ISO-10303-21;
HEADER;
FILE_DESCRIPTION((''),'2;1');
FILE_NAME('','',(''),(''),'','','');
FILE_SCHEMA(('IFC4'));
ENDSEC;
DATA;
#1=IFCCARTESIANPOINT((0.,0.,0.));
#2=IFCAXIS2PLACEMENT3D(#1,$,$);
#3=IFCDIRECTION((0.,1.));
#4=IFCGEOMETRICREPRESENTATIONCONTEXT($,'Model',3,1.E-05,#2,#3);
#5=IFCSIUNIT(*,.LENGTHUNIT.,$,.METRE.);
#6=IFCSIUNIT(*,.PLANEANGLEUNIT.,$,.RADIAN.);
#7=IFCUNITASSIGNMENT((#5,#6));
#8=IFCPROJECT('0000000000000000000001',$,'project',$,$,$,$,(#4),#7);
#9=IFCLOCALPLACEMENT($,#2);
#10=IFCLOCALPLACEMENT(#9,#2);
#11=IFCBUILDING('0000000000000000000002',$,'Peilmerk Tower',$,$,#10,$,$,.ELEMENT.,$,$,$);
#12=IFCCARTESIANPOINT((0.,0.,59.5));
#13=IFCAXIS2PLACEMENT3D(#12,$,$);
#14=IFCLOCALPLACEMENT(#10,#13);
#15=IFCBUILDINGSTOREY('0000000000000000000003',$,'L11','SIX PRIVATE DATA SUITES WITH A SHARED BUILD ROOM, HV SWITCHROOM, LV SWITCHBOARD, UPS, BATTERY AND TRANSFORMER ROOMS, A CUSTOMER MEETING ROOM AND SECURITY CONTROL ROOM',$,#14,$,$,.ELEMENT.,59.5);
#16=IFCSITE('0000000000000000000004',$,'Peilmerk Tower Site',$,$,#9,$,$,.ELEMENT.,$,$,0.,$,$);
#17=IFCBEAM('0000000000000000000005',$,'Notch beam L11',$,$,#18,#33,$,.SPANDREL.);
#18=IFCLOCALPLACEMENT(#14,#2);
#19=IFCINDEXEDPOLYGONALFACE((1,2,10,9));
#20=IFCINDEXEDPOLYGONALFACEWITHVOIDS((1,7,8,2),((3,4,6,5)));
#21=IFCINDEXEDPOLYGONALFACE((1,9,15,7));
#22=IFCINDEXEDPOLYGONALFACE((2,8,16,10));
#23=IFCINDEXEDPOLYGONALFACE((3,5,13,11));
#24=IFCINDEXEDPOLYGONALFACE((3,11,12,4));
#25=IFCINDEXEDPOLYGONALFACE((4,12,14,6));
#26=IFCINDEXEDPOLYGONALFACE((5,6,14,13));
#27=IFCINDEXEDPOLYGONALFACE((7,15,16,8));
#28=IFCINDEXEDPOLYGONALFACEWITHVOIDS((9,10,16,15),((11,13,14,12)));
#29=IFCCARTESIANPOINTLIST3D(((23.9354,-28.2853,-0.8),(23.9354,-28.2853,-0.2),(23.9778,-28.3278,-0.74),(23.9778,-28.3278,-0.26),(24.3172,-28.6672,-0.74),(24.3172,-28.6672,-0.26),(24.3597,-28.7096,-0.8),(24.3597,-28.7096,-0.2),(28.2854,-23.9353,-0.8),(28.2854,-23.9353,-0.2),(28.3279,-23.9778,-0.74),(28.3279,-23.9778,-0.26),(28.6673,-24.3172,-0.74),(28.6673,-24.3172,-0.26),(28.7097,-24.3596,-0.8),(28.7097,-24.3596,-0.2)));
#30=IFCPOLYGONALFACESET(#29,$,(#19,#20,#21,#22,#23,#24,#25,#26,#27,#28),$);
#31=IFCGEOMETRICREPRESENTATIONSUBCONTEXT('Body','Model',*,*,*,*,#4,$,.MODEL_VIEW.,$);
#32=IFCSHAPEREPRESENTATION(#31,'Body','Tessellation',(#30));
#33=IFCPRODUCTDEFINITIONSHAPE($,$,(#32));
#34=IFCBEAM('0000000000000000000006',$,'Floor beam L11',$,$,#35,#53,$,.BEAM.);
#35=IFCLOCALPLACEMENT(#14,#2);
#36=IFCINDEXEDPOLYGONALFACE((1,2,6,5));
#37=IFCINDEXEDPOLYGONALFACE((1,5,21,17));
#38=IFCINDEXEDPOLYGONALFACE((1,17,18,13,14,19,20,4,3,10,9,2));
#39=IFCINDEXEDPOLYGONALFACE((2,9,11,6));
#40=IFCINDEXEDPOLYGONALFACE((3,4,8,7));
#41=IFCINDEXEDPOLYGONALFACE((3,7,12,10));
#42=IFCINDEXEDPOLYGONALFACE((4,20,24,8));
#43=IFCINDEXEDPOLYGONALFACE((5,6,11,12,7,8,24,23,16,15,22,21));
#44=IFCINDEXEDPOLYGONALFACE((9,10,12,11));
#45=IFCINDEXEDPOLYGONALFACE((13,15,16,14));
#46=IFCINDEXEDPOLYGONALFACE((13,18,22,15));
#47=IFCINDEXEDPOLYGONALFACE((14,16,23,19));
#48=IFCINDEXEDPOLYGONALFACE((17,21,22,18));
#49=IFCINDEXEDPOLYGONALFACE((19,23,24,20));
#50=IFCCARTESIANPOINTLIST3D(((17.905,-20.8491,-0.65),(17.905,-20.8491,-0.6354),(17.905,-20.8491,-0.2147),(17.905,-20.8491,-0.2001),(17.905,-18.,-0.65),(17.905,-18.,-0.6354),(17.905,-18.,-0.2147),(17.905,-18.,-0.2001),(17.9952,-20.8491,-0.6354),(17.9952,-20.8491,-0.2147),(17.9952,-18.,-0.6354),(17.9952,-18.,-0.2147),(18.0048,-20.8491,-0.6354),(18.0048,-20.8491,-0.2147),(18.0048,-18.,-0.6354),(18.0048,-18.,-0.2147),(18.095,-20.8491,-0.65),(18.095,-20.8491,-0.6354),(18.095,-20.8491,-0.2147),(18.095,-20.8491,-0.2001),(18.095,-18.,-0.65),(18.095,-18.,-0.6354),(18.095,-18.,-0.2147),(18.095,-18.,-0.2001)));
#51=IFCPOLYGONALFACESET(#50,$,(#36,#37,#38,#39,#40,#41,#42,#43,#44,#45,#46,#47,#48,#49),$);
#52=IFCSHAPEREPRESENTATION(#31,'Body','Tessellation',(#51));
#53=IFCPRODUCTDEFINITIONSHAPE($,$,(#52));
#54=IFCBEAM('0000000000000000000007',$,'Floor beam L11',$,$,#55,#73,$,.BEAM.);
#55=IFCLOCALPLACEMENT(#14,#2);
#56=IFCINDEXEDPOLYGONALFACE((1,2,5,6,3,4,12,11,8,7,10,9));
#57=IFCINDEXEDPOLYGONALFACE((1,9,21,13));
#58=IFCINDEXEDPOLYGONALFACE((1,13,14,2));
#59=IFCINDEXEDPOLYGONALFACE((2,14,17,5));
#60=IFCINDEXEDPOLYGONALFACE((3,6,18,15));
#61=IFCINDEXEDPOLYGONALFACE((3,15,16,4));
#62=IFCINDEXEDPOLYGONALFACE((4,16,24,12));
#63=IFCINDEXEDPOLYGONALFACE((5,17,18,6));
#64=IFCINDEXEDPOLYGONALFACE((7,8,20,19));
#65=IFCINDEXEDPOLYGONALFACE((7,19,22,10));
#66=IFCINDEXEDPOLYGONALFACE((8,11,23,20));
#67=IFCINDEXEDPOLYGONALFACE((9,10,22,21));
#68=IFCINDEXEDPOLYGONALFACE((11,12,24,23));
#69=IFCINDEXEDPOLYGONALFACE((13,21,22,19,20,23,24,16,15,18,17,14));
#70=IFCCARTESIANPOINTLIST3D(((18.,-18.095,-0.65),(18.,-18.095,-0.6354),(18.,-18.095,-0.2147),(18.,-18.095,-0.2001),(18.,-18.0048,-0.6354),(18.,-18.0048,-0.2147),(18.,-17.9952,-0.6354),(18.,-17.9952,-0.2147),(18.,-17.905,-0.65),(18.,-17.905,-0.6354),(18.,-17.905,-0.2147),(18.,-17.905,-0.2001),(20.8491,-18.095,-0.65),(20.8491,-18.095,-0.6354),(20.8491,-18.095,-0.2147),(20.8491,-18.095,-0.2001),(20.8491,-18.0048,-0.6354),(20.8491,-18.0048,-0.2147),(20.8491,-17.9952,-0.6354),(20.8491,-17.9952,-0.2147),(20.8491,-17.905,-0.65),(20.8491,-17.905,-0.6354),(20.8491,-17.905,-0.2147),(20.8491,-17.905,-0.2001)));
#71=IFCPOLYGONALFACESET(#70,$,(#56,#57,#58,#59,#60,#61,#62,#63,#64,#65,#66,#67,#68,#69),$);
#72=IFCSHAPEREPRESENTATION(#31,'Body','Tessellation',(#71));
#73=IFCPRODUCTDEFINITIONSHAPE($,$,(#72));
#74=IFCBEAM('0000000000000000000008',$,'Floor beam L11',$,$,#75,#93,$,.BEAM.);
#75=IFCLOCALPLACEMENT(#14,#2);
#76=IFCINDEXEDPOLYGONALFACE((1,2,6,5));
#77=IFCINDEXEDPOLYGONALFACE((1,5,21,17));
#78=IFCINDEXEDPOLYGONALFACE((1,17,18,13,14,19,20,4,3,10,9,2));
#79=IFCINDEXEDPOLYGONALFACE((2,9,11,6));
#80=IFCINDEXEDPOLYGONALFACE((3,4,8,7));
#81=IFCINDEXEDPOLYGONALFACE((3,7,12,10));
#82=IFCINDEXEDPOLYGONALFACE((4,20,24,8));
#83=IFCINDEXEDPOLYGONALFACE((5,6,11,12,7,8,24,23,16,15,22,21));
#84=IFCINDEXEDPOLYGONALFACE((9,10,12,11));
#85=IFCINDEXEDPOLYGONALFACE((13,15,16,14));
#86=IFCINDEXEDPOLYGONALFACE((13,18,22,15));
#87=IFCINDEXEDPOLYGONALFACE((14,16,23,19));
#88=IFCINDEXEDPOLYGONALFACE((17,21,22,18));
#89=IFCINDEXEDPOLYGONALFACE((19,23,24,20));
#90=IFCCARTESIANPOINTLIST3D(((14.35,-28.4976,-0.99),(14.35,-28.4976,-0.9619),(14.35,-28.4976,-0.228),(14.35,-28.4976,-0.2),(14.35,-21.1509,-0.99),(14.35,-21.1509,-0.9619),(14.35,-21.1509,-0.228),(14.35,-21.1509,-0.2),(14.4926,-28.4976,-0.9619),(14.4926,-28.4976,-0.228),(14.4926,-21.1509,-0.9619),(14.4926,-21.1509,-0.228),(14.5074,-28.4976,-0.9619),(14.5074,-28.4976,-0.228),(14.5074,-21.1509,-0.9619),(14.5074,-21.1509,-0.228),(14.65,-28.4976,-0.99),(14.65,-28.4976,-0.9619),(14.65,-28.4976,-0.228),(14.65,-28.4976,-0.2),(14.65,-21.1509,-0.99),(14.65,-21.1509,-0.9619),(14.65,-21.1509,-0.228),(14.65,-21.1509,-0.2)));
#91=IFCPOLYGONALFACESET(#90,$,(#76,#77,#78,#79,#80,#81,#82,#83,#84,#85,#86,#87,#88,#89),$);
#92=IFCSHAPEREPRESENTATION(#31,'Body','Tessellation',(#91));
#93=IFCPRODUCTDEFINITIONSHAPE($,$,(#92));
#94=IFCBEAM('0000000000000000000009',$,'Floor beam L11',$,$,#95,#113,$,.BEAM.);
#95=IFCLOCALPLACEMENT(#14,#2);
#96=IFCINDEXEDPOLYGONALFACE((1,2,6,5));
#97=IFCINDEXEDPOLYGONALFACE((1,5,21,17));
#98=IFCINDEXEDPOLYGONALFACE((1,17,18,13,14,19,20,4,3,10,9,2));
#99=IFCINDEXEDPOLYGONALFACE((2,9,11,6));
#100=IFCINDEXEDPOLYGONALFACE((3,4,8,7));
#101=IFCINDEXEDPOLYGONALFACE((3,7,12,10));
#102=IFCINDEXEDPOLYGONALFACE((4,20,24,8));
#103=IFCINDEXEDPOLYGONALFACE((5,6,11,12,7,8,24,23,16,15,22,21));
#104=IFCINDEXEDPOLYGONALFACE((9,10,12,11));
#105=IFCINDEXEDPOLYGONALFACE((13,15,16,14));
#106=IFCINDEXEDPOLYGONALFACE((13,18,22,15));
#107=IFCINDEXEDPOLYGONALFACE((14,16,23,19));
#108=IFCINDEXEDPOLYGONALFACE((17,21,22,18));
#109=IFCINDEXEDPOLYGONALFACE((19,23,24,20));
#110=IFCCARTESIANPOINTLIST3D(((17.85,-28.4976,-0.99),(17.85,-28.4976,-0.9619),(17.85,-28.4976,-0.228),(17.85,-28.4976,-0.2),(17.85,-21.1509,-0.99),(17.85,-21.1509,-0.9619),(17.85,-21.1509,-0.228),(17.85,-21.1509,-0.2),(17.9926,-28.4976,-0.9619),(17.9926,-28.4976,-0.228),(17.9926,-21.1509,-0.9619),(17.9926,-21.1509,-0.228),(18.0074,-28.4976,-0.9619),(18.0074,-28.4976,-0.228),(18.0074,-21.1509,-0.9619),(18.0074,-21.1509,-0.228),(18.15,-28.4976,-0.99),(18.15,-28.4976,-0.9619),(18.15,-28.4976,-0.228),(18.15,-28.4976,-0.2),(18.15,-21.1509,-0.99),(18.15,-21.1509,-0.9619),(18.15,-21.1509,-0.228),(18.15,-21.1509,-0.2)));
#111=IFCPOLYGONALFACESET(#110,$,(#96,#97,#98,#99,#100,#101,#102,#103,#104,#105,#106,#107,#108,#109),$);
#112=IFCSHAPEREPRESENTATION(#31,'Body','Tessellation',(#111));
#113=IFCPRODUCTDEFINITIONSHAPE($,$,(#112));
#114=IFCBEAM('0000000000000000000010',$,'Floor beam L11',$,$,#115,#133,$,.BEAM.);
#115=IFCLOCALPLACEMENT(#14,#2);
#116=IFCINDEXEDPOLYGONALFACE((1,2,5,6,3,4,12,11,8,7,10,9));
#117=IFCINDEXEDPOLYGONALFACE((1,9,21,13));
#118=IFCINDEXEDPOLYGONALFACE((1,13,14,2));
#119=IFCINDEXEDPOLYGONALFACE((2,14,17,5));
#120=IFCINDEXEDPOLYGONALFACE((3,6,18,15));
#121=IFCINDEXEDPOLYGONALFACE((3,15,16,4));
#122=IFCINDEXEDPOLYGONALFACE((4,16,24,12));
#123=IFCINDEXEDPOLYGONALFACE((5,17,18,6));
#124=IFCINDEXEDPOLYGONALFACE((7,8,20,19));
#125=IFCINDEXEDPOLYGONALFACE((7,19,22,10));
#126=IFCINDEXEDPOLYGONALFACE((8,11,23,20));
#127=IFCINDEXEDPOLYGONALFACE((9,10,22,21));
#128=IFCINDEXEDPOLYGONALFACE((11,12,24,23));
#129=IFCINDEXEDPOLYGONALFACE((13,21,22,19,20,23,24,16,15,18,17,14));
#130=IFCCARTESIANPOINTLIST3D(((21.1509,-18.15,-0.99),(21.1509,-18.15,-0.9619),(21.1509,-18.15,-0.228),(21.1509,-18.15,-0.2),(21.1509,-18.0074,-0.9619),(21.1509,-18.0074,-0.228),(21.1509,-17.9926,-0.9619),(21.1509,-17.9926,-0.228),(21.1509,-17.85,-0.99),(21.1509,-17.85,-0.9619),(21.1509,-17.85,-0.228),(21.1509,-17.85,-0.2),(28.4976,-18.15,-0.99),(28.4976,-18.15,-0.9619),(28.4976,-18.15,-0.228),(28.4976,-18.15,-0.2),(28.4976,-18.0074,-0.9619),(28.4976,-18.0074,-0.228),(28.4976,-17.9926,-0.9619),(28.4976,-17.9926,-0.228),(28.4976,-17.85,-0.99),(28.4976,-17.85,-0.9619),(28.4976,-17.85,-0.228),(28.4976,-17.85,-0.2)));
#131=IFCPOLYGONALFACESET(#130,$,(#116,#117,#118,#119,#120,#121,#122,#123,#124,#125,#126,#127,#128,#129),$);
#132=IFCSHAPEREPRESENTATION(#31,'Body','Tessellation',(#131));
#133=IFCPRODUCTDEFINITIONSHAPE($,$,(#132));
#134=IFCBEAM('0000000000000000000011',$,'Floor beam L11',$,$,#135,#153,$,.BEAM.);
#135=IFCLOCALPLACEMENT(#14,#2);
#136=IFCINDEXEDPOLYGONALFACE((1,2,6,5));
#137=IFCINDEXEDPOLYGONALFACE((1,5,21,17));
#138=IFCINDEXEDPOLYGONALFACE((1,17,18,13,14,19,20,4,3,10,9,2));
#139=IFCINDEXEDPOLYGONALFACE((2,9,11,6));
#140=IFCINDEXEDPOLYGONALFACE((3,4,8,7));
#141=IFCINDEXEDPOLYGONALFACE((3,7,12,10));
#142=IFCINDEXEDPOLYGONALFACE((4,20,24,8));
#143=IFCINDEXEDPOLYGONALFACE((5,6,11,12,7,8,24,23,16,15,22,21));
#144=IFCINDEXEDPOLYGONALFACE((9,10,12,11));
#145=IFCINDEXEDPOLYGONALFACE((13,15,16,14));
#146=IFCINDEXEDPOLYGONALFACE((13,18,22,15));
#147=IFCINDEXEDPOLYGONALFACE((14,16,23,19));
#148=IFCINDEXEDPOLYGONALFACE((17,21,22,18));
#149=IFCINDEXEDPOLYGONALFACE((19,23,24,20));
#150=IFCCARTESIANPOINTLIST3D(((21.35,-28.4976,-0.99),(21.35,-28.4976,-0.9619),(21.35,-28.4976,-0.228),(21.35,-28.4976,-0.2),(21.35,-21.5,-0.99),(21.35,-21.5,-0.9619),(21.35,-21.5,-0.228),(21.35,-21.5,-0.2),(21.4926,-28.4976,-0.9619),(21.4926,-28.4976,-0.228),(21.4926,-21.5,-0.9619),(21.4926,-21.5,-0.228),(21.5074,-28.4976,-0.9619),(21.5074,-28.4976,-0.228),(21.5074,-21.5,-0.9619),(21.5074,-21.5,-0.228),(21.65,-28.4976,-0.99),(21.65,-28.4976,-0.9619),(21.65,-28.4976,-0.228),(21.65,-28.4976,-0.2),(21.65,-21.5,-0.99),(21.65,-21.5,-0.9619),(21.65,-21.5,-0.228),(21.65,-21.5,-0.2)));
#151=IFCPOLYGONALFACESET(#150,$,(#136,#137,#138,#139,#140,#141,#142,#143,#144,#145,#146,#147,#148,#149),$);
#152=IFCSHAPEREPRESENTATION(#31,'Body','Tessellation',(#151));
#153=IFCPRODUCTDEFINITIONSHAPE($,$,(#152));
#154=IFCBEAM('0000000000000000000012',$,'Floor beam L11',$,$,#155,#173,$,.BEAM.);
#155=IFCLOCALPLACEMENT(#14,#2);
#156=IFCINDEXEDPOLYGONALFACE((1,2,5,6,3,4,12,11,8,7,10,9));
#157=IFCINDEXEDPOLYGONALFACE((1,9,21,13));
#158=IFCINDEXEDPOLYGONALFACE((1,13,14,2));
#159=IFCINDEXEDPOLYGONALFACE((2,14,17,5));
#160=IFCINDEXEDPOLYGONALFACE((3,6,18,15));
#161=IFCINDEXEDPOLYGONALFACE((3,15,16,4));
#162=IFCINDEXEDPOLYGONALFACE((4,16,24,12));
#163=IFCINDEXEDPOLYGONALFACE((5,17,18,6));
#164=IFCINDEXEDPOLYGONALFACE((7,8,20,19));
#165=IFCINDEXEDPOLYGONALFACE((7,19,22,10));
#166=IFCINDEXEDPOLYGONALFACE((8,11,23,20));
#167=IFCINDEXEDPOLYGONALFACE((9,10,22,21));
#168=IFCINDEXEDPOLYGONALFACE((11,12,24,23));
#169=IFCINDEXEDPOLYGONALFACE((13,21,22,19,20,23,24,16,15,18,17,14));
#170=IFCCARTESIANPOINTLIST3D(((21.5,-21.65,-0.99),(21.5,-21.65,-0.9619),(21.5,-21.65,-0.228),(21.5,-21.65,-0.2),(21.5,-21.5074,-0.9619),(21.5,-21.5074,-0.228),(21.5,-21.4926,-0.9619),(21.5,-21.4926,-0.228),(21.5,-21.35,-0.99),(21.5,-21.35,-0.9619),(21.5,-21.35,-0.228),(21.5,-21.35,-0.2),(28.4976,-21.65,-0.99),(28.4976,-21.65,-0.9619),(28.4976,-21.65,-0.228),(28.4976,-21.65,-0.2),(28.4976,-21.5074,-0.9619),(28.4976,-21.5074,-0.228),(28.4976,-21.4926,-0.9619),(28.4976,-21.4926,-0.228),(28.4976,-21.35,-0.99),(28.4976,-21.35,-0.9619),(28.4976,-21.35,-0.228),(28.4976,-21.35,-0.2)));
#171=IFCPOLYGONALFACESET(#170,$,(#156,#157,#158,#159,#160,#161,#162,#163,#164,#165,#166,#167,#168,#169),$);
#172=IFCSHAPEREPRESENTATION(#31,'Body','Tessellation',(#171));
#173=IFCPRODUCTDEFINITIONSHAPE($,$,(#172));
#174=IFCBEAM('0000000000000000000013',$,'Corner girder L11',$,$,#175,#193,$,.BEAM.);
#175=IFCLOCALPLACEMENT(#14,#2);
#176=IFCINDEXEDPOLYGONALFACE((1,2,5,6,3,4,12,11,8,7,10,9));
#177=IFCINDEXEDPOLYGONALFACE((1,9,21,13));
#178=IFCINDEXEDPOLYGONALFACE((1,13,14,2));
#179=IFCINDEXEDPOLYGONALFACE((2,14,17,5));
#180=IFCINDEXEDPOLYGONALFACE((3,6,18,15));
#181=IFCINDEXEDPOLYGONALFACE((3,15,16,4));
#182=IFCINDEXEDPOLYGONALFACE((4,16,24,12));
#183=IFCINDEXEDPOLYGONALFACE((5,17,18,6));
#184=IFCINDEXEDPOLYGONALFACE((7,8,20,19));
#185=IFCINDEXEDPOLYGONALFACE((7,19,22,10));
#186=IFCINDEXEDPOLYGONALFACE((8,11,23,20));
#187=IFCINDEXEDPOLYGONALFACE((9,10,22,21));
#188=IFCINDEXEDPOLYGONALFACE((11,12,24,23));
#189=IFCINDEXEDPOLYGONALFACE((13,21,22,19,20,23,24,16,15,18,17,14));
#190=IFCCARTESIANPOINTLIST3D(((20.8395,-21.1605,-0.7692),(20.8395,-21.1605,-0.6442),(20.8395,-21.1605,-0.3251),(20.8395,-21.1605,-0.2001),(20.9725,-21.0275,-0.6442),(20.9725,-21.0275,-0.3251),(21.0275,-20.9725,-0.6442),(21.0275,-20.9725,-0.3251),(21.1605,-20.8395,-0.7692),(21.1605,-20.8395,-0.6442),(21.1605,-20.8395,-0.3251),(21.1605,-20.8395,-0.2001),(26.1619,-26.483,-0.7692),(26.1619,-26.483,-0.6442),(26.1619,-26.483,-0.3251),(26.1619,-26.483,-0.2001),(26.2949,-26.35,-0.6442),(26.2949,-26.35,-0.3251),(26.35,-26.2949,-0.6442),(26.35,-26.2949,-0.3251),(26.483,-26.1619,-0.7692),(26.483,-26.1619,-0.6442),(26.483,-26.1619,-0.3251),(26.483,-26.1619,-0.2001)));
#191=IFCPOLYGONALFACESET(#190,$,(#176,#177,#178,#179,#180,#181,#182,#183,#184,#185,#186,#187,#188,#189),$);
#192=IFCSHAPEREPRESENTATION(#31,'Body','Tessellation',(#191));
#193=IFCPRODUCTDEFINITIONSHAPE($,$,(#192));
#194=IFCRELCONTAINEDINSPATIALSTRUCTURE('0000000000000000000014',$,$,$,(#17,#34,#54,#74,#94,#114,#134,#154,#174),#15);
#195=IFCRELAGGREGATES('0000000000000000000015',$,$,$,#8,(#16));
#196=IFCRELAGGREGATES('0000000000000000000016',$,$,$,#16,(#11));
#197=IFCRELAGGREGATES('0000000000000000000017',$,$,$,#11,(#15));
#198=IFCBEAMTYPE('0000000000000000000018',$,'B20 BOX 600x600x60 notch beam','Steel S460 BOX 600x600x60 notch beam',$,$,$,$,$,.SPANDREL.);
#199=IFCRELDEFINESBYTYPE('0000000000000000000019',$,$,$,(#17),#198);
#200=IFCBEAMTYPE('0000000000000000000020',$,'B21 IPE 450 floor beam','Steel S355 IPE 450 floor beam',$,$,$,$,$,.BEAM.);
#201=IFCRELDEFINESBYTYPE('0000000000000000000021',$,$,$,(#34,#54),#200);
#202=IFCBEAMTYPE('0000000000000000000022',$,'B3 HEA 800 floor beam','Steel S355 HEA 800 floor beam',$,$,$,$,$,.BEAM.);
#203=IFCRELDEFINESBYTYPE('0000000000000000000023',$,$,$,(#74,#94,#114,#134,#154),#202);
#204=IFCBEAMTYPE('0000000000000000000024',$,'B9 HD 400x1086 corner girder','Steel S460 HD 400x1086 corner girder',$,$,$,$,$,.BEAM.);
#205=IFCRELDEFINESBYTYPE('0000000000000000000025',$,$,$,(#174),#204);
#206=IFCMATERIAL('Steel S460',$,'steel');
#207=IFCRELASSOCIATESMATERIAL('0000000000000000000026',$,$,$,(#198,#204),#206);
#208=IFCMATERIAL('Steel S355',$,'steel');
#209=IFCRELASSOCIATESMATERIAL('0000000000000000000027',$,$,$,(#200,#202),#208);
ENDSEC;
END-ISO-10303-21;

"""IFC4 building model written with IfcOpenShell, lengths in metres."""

from ifc_helpers import new_model, si_unit, direction, frame, origin, origin_2d, place, context, subcontext, project, spatial, hollow_rectangle, i_section, extrude, material, material_profile, profile_set, type_object, element, save


model = new_model("IFC4")

# Units and contexts
model_context = context("Model", 3, precision=1e-05, world=origin(), true_north=direction((0.0, 1.0)))
body_context = subcontext(model_context, "Body", "Model", "MODEL_VIEW")
ifc_project = project(units=[si_unit("LENGTHUNIT", "METRE"), si_unit("PLANEANGLEUNIT", "RADIAN")], contexts=[model_context])

# Site, building, storey
site_placement = place(None, origin())
site = spatial("IfcSite", under=ifc_project, at=site_placement, Name="Peilmerk Tower Site", CompositionType="ELEMENT", RefElevation=0.0)
building_placement = place(site_placement, origin())
building = spatial("IfcBuilding", under=site, at=building_placement, Name="Peilmerk Tower", CompositionType="ELEMENT")
storey_placement = place(building_placement, frame((0.0, 0.0, 59.5)))
storey = spatial("IfcBuildingStorey", under=building, at=storey_placement, Name="L11", Description="SIX PRIVATE DATA SUITES WITH A SHARED BUILD ROOM, HV SWITCHROOM, LV SWITCHBOARD, UPS, BATTERY AND TRANSFORMER ROOMS, A CUSTOMER MEETING ROOM AND SECURITY CONTROL ROOM", CompositionType="ELEMENT", Elevation=59.5)

# Beams
ifc_material_1 = material(Name="Steel S355", Category="steel")
ifc_material_2 = material(Name="Steel S460", Category="steel")
ifc_material_profile_1 = material_profile(ifc_material_2, hollow_rectangle(XDim=0.6001, YDim=0.6001, WallThickness=0.0601, at=origin_2d()), Name="BOX 600x600x60")
ifc_profile_set_1 = profile_set([ifc_material_profile_1], Name="Steel S460")
beam_type_1 = type_object("IfcBeamType", Name="B20 BOX 600x600x60 notch beam", Description="Steel S460 BOX 600x600x60 notch beam", PredefinedType="SPANDREL", material=ifc_profile_set_1)
beam_1_placement = place(storey_placement, frame((28.4976, -24.1475, -0.5), z_axis=(-0.707107, -0.707107, 0.0), x_axis=(0.707107, -0.707107, 0.0)))
element("IfcBeam", 1, at=beam_1_placement, inside=storey, type_object=beam_type_1, Name="Notch beam L11", PredefinedType="SPANDREL", context=body_context, shape_type="SweptSolid", body=[
    extrude(hollow_rectangle(XDim=0.6001, YDim=0.6001, WallThickness=0.0601, at=origin_2d()), origin(), (0.0, 0.0, 1.0), 6.1519),
])
ifc_material_profile_2 = material_profile(ifc_material_1, i_section(OverallWidth=0.1899, OverallDepth=0.45, WebThickness=0.0095, FlangeThickness=0.0146, at=origin_2d()), Name="IPE 450")
ifc_profile_set_2 = profile_set([ifc_material_profile_2], Name="Steel S355")
beam_type_2 = type_object("IfcBeamType", Name="B21 IPE 450 floor beam", Description="Steel S355 IPE 450 floor beam", PredefinedType="BEAM", material=ifc_profile_set_2)
for number, where, z_axis, x_axis, name in (
    (2, (18.0, -18.0, -0.425), (0.0, -1.0, 0.0), (1.0, 0.0, 0.0), "Floor beam L11"),
    (3, (18.0, -18.0, -0.425), (1.0, 0.0, 0.0), (0.0, 1.0, 0.0), "Floor beam L11"),
):
    element("IfcBeam", number, at=place(storey_placement, frame(where, z_axis=z_axis, x_axis=x_axis)), inside=storey, type_object=beam_type_2, Name=name, PredefinedType="BEAM", context=body_context, shape_type="SweptSolid", body=[
        extrude(i_section(OverallWidth=0.1899, OverallDepth=0.45, WebThickness=0.0095, FlangeThickness=0.0146, at=origin_2d()), origin(), (0.0, 0.0, 1.0), 2.8491),
    ])
ifc_material_profile_3 = material_profile(ifc_material_1, i_section(OverallWidth=0.3, OverallDepth=0.79, WebThickness=0.0149, FlangeThickness=0.0281, at=origin_2d()), Name="HEA 800")
ifc_profile_set_3 = profile_set([ifc_material_profile_3], Name="Steel S355")
beam_type_3 = type_object("IfcBeamType", Name="B3 HEA 800 floor beam", Description="Steel S355 HEA 800 floor beam", PredefinedType="BEAM", material=ifc_profile_set_3)
for number, where, z_axis, x_axis, name in (
    (4, (14.5, -21.1509, -0.595), (0.0, -1.0, 0.0), (1.0, 0.0, 0.0), "Floor beam L11"),
    (5, (18.0, -21.1509, -0.595), (0.0, -1.0, 0.0), (1.0, 0.0, 0.0), "Floor beam L11"),
    (6, (21.1509, -18.0, -0.595), (1.0, 0.0, 0.0), (0.0, 1.0, 0.0), "Floor beam L11"),
):
    element("IfcBeam", number, at=place(storey_placement, frame(where, z_axis=z_axis, x_axis=x_axis)), inside=storey, type_object=beam_type_3, Name=name, PredefinedType="BEAM", context=body_context, shape_type="SweptSolid", body=[
        extrude(i_section(OverallWidth=0.3, OverallDepth=0.79, WebThickness=0.0149, FlangeThickness=0.0281, at=origin_2d()), origin(), (0.0, 0.0, 1.0), 7.3467),
    ])
for number, where, z_axis, x_axis, name in (
    (7, (21.5, -21.5, -0.595), (0.0, -1.0, 0.0), (1.0, 0.0, 0.0), "Floor beam L11"),
    (8, (21.5, -21.5, -0.595), (1.0, 0.0, 0.0), (0.0, 1.0, 0.0), "Floor beam L11"),
):
    element("IfcBeam", number, at=place(storey_placement, frame(where, z_axis=z_axis, x_axis=x_axis)), inside=storey, type_object=beam_type_3, Name=name, PredefinedType="BEAM", context=body_context, shape_type="SweptSolid", body=[
        extrude(i_section(OverallWidth=0.3, OverallDepth=0.79, WebThickness=0.0149, FlangeThickness=0.0281, at=origin_2d()), origin(), (0.0, 0.0, 1.0), 6.9976),
    ])
ifc_material_profile_4 = material_profile(ifc_material_2, i_section(OverallWidth=0.4541, OverallDepth=0.5691, WebThickness=0.0779, FlangeThickness=0.125, at=origin_2d()), Name="HD 400x1086")
ifc_profile_set_4 = profile_set([ifc_material_profile_4], Name="Steel S460")
beam_type_4 = type_object("IfcBeamType", Name="B9 HD 400x1086 corner girder", Description="Steel S460 HD 400x1086 corner girder", PredefinedType="BEAM", material=ifc_profile_set_4)
beam_2_placement = place(storey_placement, frame((21.0, -21.0, -0.4846), z_axis=(0.707107, -0.707107, 0.0), x_axis=(0.707107, 0.707107, 0.0)))
element("IfcBeam", 9, at=beam_2_placement, inside=storey, type_object=beam_type_4, Name="Corner girder L11", PredefinedType="BEAM", context=body_context, shape_type="SweptSolid", body=[
    extrude(i_section(OverallWidth=0.4541, OverallDepth=0.5691, WebThickness=0.0779, FlangeThickness=0.125, at=origin_2d()), origin(), (0.0, 0.0, 1.0), 7.5271),
])

save(model, "model.ifc")
